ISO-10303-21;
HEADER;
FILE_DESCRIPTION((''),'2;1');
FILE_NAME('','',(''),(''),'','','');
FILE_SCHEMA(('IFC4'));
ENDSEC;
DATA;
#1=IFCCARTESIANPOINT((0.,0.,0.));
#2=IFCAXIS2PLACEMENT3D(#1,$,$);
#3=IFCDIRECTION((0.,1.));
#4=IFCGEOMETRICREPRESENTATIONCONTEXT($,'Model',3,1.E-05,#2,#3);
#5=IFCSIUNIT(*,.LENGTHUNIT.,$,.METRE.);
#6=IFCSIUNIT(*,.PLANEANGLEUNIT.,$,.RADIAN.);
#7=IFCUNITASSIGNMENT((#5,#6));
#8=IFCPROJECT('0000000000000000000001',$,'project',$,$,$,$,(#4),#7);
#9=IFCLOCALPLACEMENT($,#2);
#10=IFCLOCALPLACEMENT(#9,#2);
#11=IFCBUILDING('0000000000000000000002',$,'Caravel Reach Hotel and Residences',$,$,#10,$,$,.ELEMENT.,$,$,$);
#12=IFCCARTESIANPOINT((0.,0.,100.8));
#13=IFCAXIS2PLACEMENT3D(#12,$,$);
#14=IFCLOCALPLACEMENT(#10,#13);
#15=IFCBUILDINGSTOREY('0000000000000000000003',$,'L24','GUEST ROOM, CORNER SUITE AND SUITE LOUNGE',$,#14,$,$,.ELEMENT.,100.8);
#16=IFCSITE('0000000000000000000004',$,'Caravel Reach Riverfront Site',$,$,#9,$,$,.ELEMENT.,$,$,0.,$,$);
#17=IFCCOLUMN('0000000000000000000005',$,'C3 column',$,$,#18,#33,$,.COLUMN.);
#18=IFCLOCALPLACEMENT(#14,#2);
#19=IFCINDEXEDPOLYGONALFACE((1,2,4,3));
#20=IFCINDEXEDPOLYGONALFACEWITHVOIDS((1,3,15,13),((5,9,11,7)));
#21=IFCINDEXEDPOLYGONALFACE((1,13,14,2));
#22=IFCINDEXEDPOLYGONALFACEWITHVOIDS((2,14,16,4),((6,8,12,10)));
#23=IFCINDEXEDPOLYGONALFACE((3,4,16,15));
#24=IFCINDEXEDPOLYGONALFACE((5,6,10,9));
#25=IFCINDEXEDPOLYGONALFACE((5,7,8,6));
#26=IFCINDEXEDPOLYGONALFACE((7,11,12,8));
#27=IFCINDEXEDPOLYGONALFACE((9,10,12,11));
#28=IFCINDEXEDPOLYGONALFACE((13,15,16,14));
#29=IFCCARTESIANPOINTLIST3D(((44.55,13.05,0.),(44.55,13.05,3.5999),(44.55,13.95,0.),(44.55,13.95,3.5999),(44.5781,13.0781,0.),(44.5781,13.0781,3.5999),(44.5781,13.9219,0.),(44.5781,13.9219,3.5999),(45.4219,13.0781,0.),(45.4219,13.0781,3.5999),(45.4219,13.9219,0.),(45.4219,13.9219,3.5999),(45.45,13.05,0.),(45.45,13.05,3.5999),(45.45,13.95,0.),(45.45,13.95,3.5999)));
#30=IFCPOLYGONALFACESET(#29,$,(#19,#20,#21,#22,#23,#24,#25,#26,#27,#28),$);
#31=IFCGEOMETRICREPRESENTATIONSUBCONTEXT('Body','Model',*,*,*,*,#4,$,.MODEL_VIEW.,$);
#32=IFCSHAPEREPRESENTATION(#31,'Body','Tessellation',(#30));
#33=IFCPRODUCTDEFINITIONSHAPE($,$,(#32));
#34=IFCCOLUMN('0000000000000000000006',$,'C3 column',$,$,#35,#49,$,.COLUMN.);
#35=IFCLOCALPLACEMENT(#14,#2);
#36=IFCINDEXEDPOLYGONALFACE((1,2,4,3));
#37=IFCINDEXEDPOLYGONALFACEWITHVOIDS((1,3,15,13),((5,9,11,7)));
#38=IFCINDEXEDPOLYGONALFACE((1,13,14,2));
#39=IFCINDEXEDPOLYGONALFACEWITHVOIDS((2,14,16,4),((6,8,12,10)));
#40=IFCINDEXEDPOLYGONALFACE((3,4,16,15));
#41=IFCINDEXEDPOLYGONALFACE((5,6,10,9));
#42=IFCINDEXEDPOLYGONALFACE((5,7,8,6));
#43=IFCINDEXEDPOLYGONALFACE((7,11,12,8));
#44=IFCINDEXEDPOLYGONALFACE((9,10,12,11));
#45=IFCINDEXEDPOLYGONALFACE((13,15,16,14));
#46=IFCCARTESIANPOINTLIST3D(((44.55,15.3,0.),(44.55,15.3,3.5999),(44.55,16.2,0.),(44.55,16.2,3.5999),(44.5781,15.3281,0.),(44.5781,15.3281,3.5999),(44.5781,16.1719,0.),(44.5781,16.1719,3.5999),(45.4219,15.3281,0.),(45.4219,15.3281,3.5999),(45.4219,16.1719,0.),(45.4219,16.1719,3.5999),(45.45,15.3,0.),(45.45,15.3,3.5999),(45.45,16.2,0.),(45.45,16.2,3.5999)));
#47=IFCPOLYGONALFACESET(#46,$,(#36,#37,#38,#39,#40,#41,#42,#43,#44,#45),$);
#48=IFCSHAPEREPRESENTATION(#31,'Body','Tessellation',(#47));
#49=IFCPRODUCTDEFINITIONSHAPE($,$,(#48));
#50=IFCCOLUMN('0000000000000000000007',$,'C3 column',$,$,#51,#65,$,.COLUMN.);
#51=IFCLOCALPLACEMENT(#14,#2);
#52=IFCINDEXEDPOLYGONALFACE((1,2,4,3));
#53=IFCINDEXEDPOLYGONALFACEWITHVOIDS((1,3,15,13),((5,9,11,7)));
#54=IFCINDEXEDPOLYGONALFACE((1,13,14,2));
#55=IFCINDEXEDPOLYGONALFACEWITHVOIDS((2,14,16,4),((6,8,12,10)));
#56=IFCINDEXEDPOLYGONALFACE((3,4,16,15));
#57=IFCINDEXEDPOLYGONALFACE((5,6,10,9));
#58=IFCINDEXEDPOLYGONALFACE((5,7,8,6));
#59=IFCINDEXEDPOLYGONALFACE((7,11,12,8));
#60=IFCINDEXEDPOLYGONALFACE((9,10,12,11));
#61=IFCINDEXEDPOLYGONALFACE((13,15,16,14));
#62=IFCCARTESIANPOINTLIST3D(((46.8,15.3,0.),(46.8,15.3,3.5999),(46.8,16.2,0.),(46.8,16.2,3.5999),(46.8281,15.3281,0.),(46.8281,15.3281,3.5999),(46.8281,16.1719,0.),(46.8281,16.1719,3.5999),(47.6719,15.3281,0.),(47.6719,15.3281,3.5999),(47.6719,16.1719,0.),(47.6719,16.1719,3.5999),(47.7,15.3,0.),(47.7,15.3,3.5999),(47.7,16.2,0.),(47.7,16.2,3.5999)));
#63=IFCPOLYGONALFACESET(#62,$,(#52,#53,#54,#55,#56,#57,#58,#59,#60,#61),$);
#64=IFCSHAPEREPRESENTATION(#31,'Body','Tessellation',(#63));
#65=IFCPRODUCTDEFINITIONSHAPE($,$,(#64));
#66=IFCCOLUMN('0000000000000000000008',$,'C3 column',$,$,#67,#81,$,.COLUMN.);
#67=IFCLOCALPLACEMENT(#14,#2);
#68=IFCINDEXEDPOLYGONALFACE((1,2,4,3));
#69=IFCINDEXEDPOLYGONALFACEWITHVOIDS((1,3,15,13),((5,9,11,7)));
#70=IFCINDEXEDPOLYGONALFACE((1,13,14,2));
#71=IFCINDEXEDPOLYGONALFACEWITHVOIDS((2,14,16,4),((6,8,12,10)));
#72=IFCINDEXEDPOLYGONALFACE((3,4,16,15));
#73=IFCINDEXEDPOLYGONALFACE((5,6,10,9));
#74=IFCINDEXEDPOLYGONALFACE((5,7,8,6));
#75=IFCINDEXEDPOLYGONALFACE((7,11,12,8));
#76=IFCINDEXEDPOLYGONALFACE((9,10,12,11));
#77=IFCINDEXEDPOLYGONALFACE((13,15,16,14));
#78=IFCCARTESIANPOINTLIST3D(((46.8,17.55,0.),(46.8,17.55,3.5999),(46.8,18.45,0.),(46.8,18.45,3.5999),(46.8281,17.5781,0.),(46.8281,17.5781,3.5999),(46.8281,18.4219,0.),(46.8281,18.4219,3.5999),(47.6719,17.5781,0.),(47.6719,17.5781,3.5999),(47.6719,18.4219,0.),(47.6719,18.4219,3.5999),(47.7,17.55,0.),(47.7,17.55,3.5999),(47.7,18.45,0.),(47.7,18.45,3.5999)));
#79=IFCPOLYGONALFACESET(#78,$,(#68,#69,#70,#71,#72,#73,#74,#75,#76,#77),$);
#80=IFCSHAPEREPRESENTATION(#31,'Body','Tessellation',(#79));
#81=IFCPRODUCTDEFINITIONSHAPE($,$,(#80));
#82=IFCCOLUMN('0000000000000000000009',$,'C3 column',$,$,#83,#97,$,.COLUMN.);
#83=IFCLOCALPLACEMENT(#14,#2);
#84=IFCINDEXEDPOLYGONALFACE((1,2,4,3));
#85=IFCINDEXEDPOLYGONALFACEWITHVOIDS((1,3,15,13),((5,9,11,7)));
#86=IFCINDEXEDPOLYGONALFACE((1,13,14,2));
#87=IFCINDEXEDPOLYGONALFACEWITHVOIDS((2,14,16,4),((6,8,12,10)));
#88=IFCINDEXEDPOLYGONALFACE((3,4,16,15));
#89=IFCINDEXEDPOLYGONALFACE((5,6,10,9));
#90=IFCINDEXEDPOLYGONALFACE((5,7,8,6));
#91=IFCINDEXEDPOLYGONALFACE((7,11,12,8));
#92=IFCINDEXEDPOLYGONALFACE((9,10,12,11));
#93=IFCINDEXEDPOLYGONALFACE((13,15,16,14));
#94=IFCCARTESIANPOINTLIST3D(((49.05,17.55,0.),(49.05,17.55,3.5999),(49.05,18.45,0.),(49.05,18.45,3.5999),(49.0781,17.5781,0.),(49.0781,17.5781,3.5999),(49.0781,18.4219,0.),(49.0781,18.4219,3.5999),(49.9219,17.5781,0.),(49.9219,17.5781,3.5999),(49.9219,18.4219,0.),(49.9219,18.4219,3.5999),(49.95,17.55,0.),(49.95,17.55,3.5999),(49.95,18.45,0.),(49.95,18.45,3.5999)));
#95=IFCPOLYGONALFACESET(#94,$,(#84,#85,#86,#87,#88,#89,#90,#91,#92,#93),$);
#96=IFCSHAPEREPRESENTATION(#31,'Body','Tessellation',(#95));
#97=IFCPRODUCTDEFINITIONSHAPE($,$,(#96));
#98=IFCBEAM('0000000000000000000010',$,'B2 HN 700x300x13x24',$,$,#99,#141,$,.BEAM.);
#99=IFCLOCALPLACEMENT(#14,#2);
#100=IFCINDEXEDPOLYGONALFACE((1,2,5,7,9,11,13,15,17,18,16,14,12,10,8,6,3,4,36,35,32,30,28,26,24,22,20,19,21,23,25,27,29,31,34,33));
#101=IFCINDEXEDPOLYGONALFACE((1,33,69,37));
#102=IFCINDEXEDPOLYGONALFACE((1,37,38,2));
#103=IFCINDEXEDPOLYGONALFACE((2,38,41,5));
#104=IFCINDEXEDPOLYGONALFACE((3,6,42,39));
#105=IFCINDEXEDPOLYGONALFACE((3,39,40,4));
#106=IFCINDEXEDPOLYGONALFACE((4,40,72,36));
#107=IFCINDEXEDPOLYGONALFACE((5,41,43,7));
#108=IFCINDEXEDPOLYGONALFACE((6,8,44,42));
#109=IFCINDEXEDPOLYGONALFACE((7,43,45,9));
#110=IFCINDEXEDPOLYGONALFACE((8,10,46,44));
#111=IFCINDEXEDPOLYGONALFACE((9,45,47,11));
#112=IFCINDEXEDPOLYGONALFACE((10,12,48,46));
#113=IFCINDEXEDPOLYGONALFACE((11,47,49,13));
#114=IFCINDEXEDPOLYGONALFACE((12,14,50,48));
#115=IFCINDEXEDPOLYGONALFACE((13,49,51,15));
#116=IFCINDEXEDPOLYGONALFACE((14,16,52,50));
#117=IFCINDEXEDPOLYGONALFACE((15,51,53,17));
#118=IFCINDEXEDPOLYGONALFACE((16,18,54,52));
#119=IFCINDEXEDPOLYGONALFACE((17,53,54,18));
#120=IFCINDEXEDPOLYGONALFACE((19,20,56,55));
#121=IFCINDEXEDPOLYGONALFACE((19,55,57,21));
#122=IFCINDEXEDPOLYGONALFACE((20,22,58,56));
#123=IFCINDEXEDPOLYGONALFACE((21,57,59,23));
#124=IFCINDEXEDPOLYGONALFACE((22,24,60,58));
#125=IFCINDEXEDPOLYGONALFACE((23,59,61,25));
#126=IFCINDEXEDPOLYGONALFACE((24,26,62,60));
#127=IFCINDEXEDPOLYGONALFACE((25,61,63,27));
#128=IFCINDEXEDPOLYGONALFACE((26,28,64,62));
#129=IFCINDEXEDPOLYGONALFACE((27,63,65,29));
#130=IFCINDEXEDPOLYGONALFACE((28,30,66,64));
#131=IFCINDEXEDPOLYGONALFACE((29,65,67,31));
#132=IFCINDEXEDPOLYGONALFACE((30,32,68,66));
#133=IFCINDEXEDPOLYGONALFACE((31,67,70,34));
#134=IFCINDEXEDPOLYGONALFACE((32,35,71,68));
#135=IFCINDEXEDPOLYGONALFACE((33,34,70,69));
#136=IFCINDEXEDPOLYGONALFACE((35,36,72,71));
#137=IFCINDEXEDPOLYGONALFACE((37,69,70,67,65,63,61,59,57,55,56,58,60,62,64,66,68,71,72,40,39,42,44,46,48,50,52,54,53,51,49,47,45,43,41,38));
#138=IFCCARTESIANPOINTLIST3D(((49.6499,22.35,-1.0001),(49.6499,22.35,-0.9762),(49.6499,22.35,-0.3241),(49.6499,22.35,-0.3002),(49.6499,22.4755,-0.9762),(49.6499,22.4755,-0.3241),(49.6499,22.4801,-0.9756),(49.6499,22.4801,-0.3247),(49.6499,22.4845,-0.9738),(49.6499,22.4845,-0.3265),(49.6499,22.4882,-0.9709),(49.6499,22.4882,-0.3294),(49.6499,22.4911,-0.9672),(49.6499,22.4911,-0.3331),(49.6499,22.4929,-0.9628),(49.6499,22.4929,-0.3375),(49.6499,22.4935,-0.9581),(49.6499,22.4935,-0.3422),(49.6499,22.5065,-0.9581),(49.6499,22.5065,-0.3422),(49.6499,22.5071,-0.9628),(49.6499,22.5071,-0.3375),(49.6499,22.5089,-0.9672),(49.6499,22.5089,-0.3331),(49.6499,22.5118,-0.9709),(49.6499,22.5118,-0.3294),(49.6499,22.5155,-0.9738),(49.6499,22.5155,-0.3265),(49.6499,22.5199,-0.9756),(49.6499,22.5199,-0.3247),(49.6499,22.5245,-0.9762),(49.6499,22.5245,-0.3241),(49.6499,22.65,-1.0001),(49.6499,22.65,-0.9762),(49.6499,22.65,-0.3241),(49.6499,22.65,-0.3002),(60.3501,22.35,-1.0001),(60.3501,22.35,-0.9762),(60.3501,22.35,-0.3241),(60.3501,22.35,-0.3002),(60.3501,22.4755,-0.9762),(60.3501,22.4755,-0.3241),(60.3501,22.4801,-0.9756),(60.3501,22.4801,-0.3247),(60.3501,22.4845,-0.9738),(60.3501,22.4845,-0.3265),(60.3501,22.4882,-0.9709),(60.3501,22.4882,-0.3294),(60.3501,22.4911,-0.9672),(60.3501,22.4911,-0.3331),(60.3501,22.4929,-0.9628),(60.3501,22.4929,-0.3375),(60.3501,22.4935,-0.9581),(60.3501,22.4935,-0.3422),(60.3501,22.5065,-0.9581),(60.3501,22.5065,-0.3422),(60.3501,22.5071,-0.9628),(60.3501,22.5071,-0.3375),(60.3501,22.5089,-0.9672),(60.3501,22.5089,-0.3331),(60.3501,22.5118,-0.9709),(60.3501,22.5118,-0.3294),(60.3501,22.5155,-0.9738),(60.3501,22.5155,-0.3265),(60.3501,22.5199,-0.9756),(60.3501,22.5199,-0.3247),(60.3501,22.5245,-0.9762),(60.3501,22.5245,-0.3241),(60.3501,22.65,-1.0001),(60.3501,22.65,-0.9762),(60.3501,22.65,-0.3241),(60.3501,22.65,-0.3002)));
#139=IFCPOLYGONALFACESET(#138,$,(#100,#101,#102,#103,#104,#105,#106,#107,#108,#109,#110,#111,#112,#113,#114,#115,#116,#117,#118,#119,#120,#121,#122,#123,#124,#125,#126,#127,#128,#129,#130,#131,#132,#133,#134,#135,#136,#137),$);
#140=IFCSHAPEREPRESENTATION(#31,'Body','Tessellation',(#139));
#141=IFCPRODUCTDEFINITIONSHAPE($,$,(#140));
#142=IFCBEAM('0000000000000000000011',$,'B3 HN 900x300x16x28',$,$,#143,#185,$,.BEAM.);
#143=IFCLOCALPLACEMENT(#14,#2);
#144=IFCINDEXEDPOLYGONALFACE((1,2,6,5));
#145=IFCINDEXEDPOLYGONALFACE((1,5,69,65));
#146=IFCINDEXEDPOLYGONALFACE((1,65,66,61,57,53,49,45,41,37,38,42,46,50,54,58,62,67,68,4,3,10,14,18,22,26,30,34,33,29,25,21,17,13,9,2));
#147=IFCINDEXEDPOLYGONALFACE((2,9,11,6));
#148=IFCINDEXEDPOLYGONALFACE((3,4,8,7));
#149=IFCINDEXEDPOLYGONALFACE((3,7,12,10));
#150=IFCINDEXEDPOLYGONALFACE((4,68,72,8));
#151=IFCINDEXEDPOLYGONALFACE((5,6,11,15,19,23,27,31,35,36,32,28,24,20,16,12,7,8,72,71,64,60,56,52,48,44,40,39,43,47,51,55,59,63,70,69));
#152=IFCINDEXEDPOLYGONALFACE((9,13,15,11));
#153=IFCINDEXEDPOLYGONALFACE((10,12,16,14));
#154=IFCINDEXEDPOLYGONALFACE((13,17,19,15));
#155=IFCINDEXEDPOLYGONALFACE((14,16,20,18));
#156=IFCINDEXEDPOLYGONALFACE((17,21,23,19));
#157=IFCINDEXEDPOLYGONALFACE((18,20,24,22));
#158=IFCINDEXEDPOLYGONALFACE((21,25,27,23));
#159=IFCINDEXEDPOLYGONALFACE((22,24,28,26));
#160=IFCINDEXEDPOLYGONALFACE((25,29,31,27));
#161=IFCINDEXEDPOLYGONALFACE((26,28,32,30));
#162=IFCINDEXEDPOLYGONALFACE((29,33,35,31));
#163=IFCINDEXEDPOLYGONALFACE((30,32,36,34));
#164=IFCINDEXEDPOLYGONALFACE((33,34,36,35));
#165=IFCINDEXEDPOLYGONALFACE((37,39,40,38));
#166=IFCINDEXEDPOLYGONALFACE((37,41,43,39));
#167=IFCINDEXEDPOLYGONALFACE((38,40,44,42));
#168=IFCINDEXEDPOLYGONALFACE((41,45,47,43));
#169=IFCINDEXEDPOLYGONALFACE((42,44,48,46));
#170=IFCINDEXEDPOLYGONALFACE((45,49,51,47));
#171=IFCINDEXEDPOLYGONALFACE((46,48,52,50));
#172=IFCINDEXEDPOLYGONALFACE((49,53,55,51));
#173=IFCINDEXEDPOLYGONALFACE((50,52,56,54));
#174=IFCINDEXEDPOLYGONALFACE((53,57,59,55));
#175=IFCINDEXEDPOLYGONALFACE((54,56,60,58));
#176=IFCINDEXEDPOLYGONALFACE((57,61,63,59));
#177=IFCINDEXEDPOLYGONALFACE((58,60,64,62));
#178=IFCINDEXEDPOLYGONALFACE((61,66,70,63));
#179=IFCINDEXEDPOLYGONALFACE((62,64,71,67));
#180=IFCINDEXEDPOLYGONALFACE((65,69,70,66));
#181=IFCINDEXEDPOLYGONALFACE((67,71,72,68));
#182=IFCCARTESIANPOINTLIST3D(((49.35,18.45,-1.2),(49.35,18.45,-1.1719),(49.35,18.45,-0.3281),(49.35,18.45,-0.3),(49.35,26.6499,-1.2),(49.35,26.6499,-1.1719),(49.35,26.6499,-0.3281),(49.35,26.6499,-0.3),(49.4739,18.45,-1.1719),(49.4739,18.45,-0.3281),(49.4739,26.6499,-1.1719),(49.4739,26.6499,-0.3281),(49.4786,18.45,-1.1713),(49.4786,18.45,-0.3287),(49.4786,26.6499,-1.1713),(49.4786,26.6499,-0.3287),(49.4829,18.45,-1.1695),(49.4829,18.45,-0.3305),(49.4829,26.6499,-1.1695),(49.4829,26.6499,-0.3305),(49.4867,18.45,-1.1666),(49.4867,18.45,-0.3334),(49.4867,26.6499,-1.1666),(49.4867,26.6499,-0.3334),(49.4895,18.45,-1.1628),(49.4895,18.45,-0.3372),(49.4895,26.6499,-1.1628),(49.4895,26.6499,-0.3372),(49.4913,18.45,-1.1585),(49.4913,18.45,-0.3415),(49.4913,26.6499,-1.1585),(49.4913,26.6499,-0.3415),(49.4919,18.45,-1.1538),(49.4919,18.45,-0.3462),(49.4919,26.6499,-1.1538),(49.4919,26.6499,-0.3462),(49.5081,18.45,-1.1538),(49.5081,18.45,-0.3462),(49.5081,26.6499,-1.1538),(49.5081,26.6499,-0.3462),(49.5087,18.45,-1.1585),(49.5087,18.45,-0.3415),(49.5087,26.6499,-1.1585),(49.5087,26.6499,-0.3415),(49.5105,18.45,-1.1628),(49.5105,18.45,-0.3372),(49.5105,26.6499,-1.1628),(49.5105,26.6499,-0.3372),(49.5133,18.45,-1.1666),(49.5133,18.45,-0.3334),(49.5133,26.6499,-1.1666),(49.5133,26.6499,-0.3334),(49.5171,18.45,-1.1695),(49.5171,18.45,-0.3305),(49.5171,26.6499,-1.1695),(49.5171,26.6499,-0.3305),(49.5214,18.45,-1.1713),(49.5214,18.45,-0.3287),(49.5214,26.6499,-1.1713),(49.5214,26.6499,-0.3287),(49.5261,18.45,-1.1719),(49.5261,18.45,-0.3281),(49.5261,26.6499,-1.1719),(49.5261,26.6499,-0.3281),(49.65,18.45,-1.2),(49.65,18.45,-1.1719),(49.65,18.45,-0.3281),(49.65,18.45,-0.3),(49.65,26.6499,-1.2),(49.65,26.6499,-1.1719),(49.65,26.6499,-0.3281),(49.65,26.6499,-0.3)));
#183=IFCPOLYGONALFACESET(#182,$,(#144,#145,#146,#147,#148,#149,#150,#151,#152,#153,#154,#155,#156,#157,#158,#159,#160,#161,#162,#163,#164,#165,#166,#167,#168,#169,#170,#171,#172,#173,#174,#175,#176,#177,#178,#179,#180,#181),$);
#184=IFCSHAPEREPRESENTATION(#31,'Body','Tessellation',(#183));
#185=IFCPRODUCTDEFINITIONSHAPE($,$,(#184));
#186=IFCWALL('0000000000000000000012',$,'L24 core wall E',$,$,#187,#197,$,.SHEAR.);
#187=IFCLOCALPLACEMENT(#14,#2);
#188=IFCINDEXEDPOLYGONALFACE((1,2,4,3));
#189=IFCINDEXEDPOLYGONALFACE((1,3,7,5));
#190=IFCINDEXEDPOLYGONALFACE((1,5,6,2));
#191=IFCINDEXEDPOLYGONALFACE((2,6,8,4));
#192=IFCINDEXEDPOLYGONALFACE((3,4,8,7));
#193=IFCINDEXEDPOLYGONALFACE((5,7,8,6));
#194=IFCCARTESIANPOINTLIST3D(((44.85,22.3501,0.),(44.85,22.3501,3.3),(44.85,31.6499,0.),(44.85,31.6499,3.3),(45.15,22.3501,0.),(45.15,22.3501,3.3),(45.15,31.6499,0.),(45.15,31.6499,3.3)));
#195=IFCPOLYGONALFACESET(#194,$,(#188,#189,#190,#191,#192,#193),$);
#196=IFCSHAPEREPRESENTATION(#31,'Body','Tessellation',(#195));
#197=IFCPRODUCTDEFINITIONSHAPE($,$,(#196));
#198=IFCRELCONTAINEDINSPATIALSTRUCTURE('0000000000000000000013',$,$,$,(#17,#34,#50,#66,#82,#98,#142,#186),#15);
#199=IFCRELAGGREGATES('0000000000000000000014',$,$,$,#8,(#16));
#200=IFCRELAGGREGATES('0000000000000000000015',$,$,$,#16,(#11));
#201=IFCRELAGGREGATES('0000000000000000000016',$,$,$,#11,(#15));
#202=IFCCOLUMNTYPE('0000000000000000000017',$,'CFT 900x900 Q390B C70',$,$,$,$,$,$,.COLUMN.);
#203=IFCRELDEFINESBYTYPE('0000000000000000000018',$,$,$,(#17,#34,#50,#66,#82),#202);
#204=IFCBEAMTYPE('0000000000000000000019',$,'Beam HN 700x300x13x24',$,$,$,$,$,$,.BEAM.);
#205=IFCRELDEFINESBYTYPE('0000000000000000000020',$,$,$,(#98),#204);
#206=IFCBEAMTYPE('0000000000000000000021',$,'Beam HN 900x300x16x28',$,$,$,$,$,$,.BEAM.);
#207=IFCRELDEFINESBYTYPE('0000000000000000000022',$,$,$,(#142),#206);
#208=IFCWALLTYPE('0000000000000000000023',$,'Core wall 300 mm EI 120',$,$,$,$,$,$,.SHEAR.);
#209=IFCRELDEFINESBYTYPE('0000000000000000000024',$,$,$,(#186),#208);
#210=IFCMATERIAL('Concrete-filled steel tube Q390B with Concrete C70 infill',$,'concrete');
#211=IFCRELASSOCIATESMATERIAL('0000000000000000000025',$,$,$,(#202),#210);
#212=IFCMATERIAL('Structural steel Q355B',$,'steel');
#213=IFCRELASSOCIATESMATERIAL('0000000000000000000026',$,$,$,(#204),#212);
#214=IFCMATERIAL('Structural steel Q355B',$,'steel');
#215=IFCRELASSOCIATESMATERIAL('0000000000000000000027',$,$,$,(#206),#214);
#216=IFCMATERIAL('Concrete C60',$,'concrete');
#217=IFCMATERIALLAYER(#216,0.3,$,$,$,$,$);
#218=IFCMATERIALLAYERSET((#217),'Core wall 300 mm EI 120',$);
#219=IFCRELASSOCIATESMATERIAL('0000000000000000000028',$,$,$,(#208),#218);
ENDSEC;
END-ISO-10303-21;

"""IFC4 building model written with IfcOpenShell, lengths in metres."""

from ifc_helpers import new_model, si_unit, direction, frame, frame_2d, origin, origin_2d, place, context, subcontext, project, spatial, rectangle, hollow_rectangle, i_section, extrude, material, layer, layer_set, material_profile, profile_set, type_object, element, save


model = new_model("IFC4")

# Units and contexts
model_context = context("Model", 3, precision=1e-05, world=origin(), true_north=direction((0.0, 1.0)))
body_context = subcontext(model_context, "Body", "Model", "MODEL_VIEW")
ifc_project = project(units=[si_unit("LENGTHUNIT", "METRE"), si_unit("PLANEANGLEUNIT", "RADIAN")], contexts=[model_context])

# Site, building, storey
site_placement = place(None, origin())
site = spatial("IfcSite", under=ifc_project, at=site_placement, Name="Caravel Reach Riverfront Site", CompositionType="ELEMENT", RefElevation=0.0)
building_placement = place(site_placement, origin())
building = spatial("IfcBuilding", under=site, at=building_placement, Name="Caravel Reach Hotel and Residences", CompositionType="ELEMENT")
storey_placement = place(building_placement, frame((0.0, 0.0, 100.8)))
storey = spatial("IfcBuildingStorey", under=building, at=storey_placement, Name="L24", Description="GUEST ROOM, CORNER SUITE AND SUITE LOUNGE", CompositionType="ELEMENT", Elevation=100.8)

# Columns
ifc_material_1 = material(Name="Concrete-filled steel tube Q390B with Concrete C70 infill", Category="concrete")
ifc_material_profile_1 = material_profile(ifc_material_1, hollow_rectangle(XDim=0.8999, YDim=0.8999, WallThickness=0.0281, at=origin_2d()), Name="RHS 900x900x28")
ifc_profile_set_1 = profile_set([ifc_material_profile_1], Name="Concrete-filled steel tube Q390B with Concrete C70 infill")
column_type = type_object("IfcColumnType", Name="CFT 900x900 Q390B C70", PredefinedType="COLUMN", material=ifc_profile_set_1)
for number, where, z_axis, x_axis, name in (
    (1, (45.0, 13.5, 0.0), (0.0, 0.0, 1.0), (1.0, 0.0, 0.0), "C3 column"),
    (2, (45.0, 15.75, 0.0), (0.0, 0.0, 1.0), (1.0, 0.0, 0.0), "C3 column"),
    (3, (47.25, 15.75, 0.0), (0.0, 0.0, 1.0), (1.0, 0.0, 0.0), "C3 column"),
    (4, (47.25, 18.0, 0.0), (0.0, 0.0, 1.0), (1.0, 0.0, 0.0), "C3 column"),
    (5, (49.5, 18.0, 0.0), (0.0, 0.0, 1.0), (1.0, 0.0, 0.0), "C3 column"),
):
    element("IfcColumn", number, at=place(storey_placement, frame(where, z_axis=z_axis, x_axis=x_axis)), inside=storey, type_object=column_type, Name=name, PredefinedType="COLUMN", context=body_context, shape_type="SweptSolid", body=[
        extrude(hollow_rectangle(XDim=0.8999, YDim=0.8999, WallThickness=0.0281, at=origin_2d()), origin(), (0.0, 0.0, 1.0), 3.5999),
    ])

# Beams
ifc_material_2 = material(Name="Structural steel Q355B", Category="steel")
ifc_material_profile_2 = material_profile(ifc_material_2, i_section(OverallWidth=0.3, OverallDepth=0.7, WebThickness=0.0129, FlangeThickness=0.0239, FilletRadius=0.0181, at=origin_2d()), Name="HN 700x300x13x24")
ifc_profile_set_2 = profile_set([ifc_material_profile_2], Name="Structural steel Q355B")
beam_type_1 = type_object("IfcBeamType", Name="Beam HN 700x300x13x24", PredefinedType="BEAM", material=ifc_profile_set_2)
beam_1_placement = place(storey_placement, frame((49.6499, 22.5, -0.6501), z_axis=(1.0, 0.0, 0.0), x_axis=(0.0, 1.0, 0.0)))
element("IfcBeam", 6, at=beam_1_placement, inside=storey, type_object=beam_type_1, Name="B2 HN 700x300x13x24", PredefinedType="BEAM", context=body_context, shape_type="SweptSolid", body=[
    extrude(i_section(OverallWidth=0.3, OverallDepth=0.7, WebThickness=0.0129, FlangeThickness=0.0239, FilletRadius=0.0181, at=origin_2d()), origin(), (0.0, 0.0, 1.0), 10.7002),
])
ifc_material_3 = material(Name="Structural steel Q355B", Category="steel")
ifc_material_profile_3 = material_profile(ifc_material_3, i_section(OverallWidth=0.3, OverallDepth=0.8999, WebThickness=0.0161, FlangeThickness=0.0281, FilletRadius=0.0181, at=origin_2d()), Name="HN 900x300x16x28")
ifc_profile_set_3 = profile_set([ifc_material_profile_3], Name="Structural steel Q355B")
beam_type_2 = type_object("IfcBeamType", Name="Beam HN 900x300x16x28", PredefinedType="BEAM", material=ifc_profile_set_3)
beam_2_placement = place(storey_placement, frame((49.5, 18.45, -0.75), z_axis=(0.0, 1.0, 0.0), x_axis=(-1.0, 0.0, 0.0)))
element("IfcBeam", 7, at=beam_2_placement, inside=storey, type_object=beam_type_2, Name="B3 HN 900x300x16x28", PredefinedType="BEAM", context=body_context, shape_type="SweptSolid", body=[
    extrude(i_section(OverallWidth=0.3, OverallDepth=0.8999, WebThickness=0.0161, FlangeThickness=0.0281, FilletRadius=0.0181, at=origin_2d()), origin(), (0.0, 0.0, 1.0), 8.2),
])

# Wall
ifc_material_4 = material(Name="Concrete C60", Category="concrete")
ifc_layer_1 = layer(ifc_material_4, 0.3)
ifc_layer_set_1 = layer_set([ifc_layer_1], Name="Core wall 300 mm EI 120")
wall_type_1 = type_object("IfcWallType", Name="Core wall 300 mm EI 120", PredefinedType="SHEAR", material=ifc_layer_set_1)
wall_1_placement = place(storey_placement, frame((45.0, 22.3501, 0.0), z_axis=(0.0, 0.0, 1.0), x_axis=(0.0, 1.0, 0.0)))
element("IfcWall", 8, at=wall_1_placement, inside=storey, type_object=wall_type_1, Name="L24 core wall E", PredefinedType="SHEAR", context=body_context, shape_type="SweptSolid", body=[
    extrude(rectangle(XDim=9.2998, YDim=0.3, at=frame_2d((4.6499, 0.0))), origin(), (0.0, 0.0, 1.0), 3.3),
])

save(model, "model.ifc")
